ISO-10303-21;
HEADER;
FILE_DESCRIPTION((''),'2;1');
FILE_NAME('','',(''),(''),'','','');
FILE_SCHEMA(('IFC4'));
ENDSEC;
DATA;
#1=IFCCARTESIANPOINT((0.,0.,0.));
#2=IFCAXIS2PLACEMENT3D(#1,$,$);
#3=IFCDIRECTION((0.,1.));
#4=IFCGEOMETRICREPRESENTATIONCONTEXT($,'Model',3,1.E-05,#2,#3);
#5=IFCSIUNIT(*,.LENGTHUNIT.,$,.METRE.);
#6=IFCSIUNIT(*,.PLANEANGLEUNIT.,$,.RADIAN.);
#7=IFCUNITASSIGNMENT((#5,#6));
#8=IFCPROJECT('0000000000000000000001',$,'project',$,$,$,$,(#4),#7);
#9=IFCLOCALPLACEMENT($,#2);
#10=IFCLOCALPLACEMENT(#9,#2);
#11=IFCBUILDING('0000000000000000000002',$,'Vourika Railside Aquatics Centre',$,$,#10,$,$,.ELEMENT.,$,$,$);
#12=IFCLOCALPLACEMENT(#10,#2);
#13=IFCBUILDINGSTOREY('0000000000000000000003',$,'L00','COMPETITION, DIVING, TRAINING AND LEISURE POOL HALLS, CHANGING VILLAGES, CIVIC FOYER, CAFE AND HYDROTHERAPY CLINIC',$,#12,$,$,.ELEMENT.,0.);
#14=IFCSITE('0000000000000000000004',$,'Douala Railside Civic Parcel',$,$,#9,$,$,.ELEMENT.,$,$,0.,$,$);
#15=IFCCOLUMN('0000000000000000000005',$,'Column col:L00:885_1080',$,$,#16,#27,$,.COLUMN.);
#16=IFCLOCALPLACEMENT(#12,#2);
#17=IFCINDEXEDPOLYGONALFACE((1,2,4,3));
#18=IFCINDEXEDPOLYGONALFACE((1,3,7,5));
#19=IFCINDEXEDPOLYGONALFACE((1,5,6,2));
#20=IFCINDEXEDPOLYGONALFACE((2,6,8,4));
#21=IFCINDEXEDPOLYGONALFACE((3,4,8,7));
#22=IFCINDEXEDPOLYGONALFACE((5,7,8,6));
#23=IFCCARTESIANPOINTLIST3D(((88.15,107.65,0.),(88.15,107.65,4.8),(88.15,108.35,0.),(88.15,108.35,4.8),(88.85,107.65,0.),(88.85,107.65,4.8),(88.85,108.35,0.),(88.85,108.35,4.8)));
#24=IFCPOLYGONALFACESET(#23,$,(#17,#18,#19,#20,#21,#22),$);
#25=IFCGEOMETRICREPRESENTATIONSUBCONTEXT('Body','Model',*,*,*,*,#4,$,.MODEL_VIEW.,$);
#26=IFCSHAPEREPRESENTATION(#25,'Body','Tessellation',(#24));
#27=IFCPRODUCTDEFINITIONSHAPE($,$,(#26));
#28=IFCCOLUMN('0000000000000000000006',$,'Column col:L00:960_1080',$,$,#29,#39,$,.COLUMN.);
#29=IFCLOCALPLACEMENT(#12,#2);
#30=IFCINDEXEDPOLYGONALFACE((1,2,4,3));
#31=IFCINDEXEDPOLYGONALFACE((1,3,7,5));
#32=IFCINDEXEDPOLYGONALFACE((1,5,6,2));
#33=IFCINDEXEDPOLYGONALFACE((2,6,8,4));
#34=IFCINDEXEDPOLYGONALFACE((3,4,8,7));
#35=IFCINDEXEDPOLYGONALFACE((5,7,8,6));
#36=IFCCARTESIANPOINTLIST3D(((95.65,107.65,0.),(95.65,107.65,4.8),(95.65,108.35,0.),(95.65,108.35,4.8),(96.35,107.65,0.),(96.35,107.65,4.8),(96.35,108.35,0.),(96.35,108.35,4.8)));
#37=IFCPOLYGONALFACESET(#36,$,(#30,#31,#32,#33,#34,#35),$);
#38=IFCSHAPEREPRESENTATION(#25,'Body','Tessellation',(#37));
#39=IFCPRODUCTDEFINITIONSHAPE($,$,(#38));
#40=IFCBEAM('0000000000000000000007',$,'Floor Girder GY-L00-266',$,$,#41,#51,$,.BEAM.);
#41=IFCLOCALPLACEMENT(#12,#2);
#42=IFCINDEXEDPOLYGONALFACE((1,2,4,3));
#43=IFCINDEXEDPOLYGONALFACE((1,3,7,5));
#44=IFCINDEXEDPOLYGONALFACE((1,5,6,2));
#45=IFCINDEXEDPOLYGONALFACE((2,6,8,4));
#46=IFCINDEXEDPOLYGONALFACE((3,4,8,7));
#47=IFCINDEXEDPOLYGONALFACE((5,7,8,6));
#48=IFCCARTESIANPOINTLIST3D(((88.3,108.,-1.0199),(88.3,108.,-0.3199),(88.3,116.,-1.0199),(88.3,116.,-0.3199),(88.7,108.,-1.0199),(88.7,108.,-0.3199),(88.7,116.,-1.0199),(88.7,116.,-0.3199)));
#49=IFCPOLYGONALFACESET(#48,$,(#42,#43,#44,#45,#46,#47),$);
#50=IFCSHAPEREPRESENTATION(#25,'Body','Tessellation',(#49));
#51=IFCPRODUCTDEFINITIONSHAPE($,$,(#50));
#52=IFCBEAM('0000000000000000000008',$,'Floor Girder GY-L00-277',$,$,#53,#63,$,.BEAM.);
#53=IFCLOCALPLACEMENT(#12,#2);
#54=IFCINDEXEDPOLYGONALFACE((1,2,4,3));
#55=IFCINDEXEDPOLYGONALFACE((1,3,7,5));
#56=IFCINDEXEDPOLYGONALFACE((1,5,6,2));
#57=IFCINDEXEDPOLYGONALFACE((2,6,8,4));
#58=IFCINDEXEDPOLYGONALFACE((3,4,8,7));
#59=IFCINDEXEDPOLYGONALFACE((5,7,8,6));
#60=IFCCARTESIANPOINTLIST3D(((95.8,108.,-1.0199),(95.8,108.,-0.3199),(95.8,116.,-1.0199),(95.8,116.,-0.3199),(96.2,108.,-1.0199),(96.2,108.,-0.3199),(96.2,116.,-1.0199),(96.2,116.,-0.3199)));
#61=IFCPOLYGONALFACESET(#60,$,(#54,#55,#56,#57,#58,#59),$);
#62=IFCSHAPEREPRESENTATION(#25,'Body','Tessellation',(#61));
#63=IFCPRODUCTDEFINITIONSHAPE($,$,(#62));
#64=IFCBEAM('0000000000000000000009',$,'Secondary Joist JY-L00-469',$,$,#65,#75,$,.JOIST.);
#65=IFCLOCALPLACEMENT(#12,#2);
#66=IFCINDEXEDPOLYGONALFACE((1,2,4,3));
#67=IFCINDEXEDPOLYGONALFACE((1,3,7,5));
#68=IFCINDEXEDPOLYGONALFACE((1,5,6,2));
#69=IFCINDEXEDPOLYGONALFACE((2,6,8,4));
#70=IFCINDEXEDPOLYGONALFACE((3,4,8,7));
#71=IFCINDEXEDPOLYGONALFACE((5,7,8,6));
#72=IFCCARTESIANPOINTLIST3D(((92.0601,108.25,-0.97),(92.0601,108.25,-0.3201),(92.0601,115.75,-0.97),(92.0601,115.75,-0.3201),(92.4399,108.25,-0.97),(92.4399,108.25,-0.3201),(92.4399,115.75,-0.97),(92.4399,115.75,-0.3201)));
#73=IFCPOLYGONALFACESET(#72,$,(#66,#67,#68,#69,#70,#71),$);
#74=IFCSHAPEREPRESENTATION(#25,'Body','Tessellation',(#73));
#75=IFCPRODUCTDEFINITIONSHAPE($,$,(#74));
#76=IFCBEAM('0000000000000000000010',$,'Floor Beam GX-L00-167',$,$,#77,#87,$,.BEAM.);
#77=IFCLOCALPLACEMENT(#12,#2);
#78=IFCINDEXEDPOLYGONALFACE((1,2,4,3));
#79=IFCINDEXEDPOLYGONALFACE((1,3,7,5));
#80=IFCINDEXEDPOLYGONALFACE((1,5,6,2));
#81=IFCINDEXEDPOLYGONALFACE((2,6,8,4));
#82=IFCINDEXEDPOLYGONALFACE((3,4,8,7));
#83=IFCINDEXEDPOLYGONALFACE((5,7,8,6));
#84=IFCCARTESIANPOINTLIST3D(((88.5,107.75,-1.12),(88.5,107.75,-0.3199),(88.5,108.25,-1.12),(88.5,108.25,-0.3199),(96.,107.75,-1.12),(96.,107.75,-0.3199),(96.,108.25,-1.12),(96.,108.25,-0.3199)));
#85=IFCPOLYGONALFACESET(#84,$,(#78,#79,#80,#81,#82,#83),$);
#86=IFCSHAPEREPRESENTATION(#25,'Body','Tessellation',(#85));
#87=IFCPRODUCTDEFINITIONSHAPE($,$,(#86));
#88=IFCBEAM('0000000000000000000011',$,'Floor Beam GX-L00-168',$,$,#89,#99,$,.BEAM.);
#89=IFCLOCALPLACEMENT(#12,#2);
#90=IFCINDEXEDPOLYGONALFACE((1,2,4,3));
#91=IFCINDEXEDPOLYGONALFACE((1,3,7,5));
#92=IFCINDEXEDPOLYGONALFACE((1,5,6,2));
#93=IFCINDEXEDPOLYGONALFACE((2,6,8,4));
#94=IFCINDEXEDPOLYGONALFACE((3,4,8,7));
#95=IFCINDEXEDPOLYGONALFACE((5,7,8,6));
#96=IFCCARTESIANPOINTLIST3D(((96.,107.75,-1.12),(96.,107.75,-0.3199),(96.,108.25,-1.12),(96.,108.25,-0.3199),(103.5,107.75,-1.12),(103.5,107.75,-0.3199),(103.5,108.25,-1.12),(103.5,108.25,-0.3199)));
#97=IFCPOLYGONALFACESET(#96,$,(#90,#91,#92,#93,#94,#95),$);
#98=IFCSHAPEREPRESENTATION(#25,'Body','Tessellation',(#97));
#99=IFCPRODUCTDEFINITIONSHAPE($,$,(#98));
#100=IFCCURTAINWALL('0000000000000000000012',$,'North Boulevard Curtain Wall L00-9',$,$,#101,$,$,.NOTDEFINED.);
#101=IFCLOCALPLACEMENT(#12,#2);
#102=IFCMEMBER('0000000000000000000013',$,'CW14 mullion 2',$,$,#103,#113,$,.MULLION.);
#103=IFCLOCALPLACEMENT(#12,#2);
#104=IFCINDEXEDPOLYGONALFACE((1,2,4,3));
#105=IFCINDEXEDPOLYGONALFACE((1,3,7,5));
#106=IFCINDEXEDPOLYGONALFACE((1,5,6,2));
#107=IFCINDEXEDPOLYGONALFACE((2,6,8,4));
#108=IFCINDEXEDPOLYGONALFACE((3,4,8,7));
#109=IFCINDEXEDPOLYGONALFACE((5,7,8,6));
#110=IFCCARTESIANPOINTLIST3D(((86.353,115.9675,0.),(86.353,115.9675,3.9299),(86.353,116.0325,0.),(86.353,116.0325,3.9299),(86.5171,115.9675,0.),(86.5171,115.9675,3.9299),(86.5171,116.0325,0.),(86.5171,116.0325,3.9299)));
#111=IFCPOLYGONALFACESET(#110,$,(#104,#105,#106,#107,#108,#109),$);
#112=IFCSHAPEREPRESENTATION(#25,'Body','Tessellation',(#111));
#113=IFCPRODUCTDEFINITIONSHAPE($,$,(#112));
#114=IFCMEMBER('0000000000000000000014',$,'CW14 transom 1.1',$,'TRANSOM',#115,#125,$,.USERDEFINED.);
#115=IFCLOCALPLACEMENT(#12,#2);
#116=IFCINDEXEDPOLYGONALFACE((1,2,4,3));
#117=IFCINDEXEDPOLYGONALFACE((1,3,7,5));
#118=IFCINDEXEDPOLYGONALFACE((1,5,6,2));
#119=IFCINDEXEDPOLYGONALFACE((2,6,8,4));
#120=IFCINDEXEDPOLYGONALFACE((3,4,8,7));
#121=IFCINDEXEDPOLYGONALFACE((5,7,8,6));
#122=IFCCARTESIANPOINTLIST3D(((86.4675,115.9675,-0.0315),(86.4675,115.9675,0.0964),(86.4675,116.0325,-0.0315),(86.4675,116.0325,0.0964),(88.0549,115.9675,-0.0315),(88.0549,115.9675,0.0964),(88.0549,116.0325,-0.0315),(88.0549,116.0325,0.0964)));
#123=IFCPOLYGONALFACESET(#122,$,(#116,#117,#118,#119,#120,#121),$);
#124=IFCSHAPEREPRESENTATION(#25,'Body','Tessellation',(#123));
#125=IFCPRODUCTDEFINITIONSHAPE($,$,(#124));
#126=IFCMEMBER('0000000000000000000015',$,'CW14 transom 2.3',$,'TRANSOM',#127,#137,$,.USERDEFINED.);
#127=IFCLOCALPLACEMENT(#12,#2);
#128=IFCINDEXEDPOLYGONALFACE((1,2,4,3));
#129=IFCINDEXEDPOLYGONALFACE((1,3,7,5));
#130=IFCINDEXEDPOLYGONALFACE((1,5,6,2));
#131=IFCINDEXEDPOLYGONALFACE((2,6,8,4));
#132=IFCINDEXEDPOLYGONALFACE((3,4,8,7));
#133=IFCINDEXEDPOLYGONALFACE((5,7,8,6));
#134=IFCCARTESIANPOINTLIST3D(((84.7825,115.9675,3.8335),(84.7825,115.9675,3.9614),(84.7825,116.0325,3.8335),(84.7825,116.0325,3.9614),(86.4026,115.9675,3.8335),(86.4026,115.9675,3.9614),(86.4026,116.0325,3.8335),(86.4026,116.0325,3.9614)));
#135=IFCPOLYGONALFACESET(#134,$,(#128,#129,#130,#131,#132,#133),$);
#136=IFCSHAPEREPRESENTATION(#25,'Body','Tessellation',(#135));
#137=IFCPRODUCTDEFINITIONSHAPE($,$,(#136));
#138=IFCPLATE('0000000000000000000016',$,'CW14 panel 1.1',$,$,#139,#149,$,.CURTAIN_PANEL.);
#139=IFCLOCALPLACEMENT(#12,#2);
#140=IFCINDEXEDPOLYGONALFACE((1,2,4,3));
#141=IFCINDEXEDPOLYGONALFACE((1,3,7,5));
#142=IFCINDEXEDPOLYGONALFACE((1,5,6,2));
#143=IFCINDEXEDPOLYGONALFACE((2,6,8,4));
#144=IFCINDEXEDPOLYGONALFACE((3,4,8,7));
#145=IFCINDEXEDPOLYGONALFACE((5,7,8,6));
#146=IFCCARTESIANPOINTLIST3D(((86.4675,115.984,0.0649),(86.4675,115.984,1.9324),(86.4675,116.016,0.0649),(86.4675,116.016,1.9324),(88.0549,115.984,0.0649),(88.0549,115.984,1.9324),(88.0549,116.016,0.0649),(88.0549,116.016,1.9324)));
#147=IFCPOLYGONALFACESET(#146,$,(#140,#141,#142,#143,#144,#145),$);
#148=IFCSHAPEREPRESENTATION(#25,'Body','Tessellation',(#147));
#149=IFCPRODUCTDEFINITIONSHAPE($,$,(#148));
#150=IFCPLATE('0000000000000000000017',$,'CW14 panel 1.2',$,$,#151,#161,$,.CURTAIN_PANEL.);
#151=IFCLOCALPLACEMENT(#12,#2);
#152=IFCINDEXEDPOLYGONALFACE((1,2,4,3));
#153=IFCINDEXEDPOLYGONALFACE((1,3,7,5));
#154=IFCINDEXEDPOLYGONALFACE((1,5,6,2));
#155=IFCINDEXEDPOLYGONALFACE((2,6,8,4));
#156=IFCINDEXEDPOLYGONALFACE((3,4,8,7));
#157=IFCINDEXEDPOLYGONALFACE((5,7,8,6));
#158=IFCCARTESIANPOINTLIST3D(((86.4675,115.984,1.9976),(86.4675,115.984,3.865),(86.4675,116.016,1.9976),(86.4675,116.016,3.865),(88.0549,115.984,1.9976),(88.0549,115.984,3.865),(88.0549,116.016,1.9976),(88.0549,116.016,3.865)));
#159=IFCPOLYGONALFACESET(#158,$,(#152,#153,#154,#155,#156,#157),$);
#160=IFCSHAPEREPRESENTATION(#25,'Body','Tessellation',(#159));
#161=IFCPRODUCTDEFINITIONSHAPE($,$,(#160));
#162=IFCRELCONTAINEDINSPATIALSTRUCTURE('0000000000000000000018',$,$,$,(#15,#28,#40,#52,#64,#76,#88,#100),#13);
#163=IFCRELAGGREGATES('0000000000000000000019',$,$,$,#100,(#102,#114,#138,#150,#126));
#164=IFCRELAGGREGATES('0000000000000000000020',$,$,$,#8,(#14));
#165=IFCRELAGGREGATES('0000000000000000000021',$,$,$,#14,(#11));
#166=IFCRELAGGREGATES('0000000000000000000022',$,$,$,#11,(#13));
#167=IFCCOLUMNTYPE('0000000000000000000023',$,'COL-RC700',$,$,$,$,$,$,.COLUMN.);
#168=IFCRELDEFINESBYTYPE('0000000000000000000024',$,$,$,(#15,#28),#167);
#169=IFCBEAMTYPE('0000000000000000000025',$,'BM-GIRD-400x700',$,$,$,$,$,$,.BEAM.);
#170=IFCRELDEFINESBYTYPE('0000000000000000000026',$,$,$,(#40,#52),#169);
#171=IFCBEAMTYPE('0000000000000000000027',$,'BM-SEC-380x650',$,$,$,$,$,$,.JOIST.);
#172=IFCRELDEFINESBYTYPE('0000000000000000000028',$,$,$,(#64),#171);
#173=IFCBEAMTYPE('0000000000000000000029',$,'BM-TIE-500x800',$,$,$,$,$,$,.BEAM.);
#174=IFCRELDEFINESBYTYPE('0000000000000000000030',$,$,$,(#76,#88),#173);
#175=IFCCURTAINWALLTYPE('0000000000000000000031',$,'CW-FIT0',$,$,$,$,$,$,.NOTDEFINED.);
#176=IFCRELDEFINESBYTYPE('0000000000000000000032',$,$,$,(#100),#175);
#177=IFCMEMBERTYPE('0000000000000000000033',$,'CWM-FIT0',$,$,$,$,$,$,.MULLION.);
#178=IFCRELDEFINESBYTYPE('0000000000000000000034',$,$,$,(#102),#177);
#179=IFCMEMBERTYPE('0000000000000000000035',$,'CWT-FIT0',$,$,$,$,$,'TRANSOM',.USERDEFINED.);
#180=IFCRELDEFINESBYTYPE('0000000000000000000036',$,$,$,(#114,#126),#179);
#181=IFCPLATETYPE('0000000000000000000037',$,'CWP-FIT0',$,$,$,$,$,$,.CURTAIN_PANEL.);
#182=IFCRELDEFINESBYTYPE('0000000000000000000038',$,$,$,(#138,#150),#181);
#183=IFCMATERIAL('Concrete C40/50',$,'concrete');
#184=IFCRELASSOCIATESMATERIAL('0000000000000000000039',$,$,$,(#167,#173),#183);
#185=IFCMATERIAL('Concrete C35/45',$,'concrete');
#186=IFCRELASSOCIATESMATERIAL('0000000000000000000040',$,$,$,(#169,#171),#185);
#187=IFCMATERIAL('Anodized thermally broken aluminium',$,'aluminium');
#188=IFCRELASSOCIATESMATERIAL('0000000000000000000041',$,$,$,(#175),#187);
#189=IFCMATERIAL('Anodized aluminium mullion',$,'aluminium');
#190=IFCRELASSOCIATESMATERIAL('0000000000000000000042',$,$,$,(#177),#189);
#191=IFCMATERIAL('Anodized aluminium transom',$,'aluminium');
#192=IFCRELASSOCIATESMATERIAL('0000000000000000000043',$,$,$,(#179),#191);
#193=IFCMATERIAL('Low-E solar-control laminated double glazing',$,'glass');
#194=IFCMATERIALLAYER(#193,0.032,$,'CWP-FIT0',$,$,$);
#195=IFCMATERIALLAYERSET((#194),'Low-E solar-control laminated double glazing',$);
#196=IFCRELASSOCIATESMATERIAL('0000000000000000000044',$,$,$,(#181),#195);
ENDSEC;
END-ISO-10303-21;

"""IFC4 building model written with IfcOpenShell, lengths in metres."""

from ifc_helpers import new_model, si_unit, direction, frame, origin, origin_2d, place, context, subcontext, project, spatial, rectangle, extrude, material, layer, layer_set, material_profile, profile_set, type_object, element, aggregate, save


model = new_model("IFC4")

# Units and contexts
model_context = context("Model", 3, precision=1e-05, world=origin(), true_north=direction((0.0, 1.0)))
body_context = subcontext(model_context, "Body", "Model", "MODEL_VIEW")
ifc_project = project(units=[si_unit("LENGTHUNIT", "METRE"), si_unit("PLANEANGLEUNIT", "RADIAN")], contexts=[model_context])

# Site, building, storey
site_placement = place(None, origin())
site = spatial("IfcSite", under=ifc_project, at=site_placement, Name="Douala Railside Civic Parcel", CompositionType="ELEMENT", RefElevation=0.0)
building_placement = place(site_placement, origin())
building = spatial("IfcBuilding", under=site, at=building_placement, Name="Vourika Railside Aquatics Centre", CompositionType="ELEMENT")
storey_placement = place(building_placement, origin())
storey = spatial("IfcBuildingStorey", under=building, at=storey_placement, Name="L00", Description="COMPETITION, DIVING, TRAINING AND LEISURE POOL HALLS, CHANGING VILLAGES, CIVIC FOYER, CAFE AND HYDROTHERAPY CLINIC", CompositionType="ELEMENT", Elevation=0.0)

# Columns
ifc_material_1 = material(Name="Concrete C40/50", Category="concrete")
ifc_material_profile_1 = material_profile(ifc_material_1, rectangle(XDim=0.7, YDim=0.7, at=origin_2d()), Name="RC 700x700")
ifc_profile_set_1 = profile_set([ifc_material_profile_1], Name="Concrete C40/50")
column_type = type_object("IfcColumnType", Name="COL-RC700", PredefinedType="COLUMN", material=ifc_profile_set_1)
for number, where, z_axis, x_axis, name in (
    (1, (88.5, 108.0, 0.0), (0.0, 0.0, 1.0), (1.0, 0.0, 0.0), "Column col:L00:885_1080"),
    (2, (96.0, 108.0, 0.0), (0.0, 0.0, 1.0), (1.0, 0.0, 0.0), "Column col:L00:960_1080"),
):
    element("IfcColumn", number, at=place(storey_placement, frame(where, z_axis=z_axis, x_axis=x_axis)), inside=storey, type_object=column_type, Name=name, PredefinedType="COLUMN", context=body_context, shape_type="SweptSolid", body=[
        extrude(rectangle(XDim=0.7, YDim=0.7, at=origin_2d()), origin(), (0.0, 0.0, 1.0), 4.8),
    ])

# Beams
ifc_material_2 = material(Name="Concrete C35/45", Category="concrete")
ifc_material_profile_2 = material_profile(ifc_material_2, rectangle(XDim=0.3999, YDim=0.7, at=origin_2d()), Name="RC 400x700")
ifc_profile_set_2 = profile_set([ifc_material_profile_2], Name="Concrete C35/45")
beam_type_1 = type_object("IfcBeamType", Name="BM-GIRD-400x700", PredefinedType="BEAM", material=ifc_profile_set_2)
for number, where, z_axis, x_axis, name in (
    (3, (88.5, 108.0, -0.6699), (0.0, 1.0, 0.0), (-1.0, 0.0, 0.0), "Floor Girder GY-L00-266"),
    (4, (96.0, 108.0, -0.6699), (0.0, 1.0, 0.0), (-1.0, 0.0, 0.0), "Floor Girder GY-L00-277"),
):
    element("IfcBeam", number, at=place(storey_placement, frame(where, z_axis=z_axis, x_axis=x_axis)), inside=storey, type_object=beam_type_1, Name=name, PredefinedType="BEAM", context=body_context, shape_type="SweptSolid", body=[
        extrude(rectangle(XDim=0.3999, YDim=0.7, at=origin_2d()), origin(), (0.0, 0.0, 1.0), 8.0),
    ])
ifc_material_profile_3 = material_profile(ifc_material_2, rectangle(XDim=0.3799, YDim=0.6499, at=origin_2d()), Name="RC 380x650")
ifc_profile_set_3 = profile_set([ifc_material_profile_3], Name="Concrete C35/45")
beam_type_2 = type_object("IfcBeamType", Name="BM-SEC-380x650", PredefinedType="JOIST", material=ifc_profile_set_3)
beam_placement = place(storey_placement, frame((92.25, 108.25, -0.645), z_axis=(0.0, 1.0, 0.0), x_axis=(-1.0, 0.0, 0.0)))
element("IfcBeam", 5, at=beam_placement, inside=storey, type_object=beam_type_2, Name="Secondary Joist JY-L00-469", PredefinedType="JOIST", context=body_context, shape_type="SweptSolid", body=[
    extrude(rectangle(XDim=0.3799, YDim=0.6499, at=origin_2d()), origin(), (0.0, 0.0, 1.0), 7.5),
])
ifc_material_profile_4 = material_profile(ifc_material_1, rectangle(XDim=0.5, YDim=0.8, at=origin_2d()), Name="RC 500x800")
ifc_profile_set_4 = profile_set([ifc_material_profile_4], Name="Concrete C40/50")
beam_type_3 = type_object("IfcBeamType", Name="BM-TIE-500x800", PredefinedType="BEAM", material=ifc_profile_set_4)
for number, where, z_axis, x_axis, name in (
    (6, (88.5, 108.0, -0.72), (1.0, 0.0, 0.0), (0.0, 1.0, 0.0), "Floor Beam GX-L00-167"),
    (7, (96.0, 108.0, -0.72), (1.0, 0.0, 0.0), (0.0, 1.0, 0.0), "Floor Beam GX-L00-168"),
):
    element("IfcBeam", number, at=place(storey_placement, frame(where, z_axis=z_axis, x_axis=x_axis)), inside=storey, type_object=beam_type_3, Name=name, PredefinedType="BEAM", context=body_context, shape_type="SweptSolid", body=[
        extrude(rectangle(XDim=0.5, YDim=0.8, at=origin_2d()), origin(), (0.0, 0.0, 1.0), 7.5),
    ])

# Curtain wall, members, plates
ifc_material_3 = material(Name="Anodized thermally broken aluminium", Category="aluminium")
curtain_wall_type = type_object("IfcCurtainWallType", Name="CW-FIT0", PredefinedType="NOTDEFINED", material=ifc_material_3)
curtain_wall_placement = place(storey_placement, origin())
curtain_wall = element("IfcCurtainWall", 8, at=curtain_wall_placement, inside=storey, type_object=curtain_wall_type, Name="North Boulevard Curtain Wall L00-9", PredefinedType="NOTDEFINED")
ifc_material_4 = material(Name="Anodized aluminium mullion", Category="aluminium")
ifc_material_profile_5 = material_profile(ifc_material_4, rectangle(XDim=0.0649, YDim=0.1641, at=origin_2d()), Name="ALU-M 65x164")
ifc_profile_set_5 = profile_set([ifc_material_profile_5], Name="Anodized aluminium mullion")
member_type_1 = type_object("IfcMemberType", Name="CWM-FIT0", PredefinedType="MULLION", material=ifc_profile_set_5)
member_1_placement = place(storey_placement, frame((86.4351, 116.0, 0.0), z_axis=(0.0, 0.0, 1.0), x_axis=(0.0, -1.0, 0.0)))
member_1 = element("IfcMember", 9, at=member_1_placement, type_object=member_type_1, Name="CW14 mullion 2", PredefinedType="MULLION", context=body_context, shape_type="SweptSolid", body=[
    extrude(rectangle(XDim=0.0649, YDim=0.1641, at=origin_2d()), origin(), (0.0, 0.0, 1.0), 3.9299),
])
ifc_material_5 = material(Name="Anodized aluminium transom", Category="aluminium")
ifc_material_profile_6 = material_profile(ifc_material_5, rectangle(XDim=0.0649, YDim=0.1279, at=origin_2d()), Name="ALU-T 65x128")
ifc_profile_set_6 = profile_set([ifc_material_profile_6], Name="Anodized aluminium transom")
member_type_2 = type_object("IfcMemberType", Name="CWT-FIT0", ElementType="TRANSOM", PredefinedType="USERDEFINED", material=ifc_profile_set_6)
member_2_placement = place(storey_placement, frame((88.0549, 116.0, 0.0325), z_axis=(-1.0, 0.0, 0.0), x_axis=(0.0, -1.0, 0.0)))
member_2 = element("IfcMember", 10, at=member_2_placement, type_object=member_type_2, Name="CW14 transom 1.1", ObjectType="TRANSOM", PredefinedType="USERDEFINED", context=body_context, shape_type="SweptSolid", body=[
    extrude(rectangle(XDim=0.0649, YDim=0.1279, at=origin_2d()), origin(), (0.0, 0.0, 1.0), 1.5874),
])
member_3_placement = place(storey_placement, frame((86.4026, 116.0, 3.8975), z_axis=(-1.0, 0.0, 0.0), x_axis=(0.0, -1.0, 0.0)))
member_3 = element("IfcMember", 11, at=member_3_placement, type_object=member_type_2, Name="CW14 transom 2.3", ObjectType="TRANSOM", PredefinedType="USERDEFINED", context=body_context, shape_type="SweptSolid", body=[
    extrude(rectangle(XDim=0.0649, YDim=0.1279, at=origin_2d()), origin(), (0.0, 0.0, 1.0), 1.6201),
])
ifc_material_6 = material(Name="Low-E solar-control laminated double glazing", Category="glass")
ifc_layer_1 = layer(ifc_material_6, 0.032, Name="CWP-FIT0")
ifc_layer_set_1 = layer_set([ifc_layer_1], Name="Low-E solar-control laminated double glazing")
plate_type = type_object("IfcPlateType", Name="CWP-FIT0", PredefinedType="CURTAIN_PANEL", material=ifc_layer_set_1)
plate_1_placement = place(storey_placement, frame((87.2612, 116.0, 0.0649), z_axis=(0.0, 0.0, 1.0), x_axis=(-1.0, 0.0, 0.0)))
plate_1 = element("IfcPlate", 12, at=plate_1_placement, type_object=plate_type, Name="CW14 panel 1.1", PredefinedType="CURTAIN_PANEL", context=body_context, shape_type="SweptSolid", body=[
    extrude(rectangle(XDim=1.5874, YDim=0.032, at=origin_2d()), origin(), (0.0, 0.0, 1.0), 1.8674),
])
plate_2_placement = place(storey_placement, frame((87.2612, 116.0, 1.9976), z_axis=(0.0, 0.0, 1.0), x_axis=(-1.0, 0.0, 0.0)))
plate_2 = element("IfcPlate", 13, at=plate_2_placement, type_object=plate_type, Name="CW14 panel 1.2", PredefinedType="CURTAIN_PANEL", context=body_context, shape_type="SweptSolid", body=[
    extrude(rectangle(XDim=1.5874, YDim=0.032, at=origin_2d()), origin(), (0.0, 0.0, 1.0), 1.8674),
])
aggregate(curtain_wall, [member_1, member_2, plate_1, plate_2, member_3])

save(model, "model.ifc")
